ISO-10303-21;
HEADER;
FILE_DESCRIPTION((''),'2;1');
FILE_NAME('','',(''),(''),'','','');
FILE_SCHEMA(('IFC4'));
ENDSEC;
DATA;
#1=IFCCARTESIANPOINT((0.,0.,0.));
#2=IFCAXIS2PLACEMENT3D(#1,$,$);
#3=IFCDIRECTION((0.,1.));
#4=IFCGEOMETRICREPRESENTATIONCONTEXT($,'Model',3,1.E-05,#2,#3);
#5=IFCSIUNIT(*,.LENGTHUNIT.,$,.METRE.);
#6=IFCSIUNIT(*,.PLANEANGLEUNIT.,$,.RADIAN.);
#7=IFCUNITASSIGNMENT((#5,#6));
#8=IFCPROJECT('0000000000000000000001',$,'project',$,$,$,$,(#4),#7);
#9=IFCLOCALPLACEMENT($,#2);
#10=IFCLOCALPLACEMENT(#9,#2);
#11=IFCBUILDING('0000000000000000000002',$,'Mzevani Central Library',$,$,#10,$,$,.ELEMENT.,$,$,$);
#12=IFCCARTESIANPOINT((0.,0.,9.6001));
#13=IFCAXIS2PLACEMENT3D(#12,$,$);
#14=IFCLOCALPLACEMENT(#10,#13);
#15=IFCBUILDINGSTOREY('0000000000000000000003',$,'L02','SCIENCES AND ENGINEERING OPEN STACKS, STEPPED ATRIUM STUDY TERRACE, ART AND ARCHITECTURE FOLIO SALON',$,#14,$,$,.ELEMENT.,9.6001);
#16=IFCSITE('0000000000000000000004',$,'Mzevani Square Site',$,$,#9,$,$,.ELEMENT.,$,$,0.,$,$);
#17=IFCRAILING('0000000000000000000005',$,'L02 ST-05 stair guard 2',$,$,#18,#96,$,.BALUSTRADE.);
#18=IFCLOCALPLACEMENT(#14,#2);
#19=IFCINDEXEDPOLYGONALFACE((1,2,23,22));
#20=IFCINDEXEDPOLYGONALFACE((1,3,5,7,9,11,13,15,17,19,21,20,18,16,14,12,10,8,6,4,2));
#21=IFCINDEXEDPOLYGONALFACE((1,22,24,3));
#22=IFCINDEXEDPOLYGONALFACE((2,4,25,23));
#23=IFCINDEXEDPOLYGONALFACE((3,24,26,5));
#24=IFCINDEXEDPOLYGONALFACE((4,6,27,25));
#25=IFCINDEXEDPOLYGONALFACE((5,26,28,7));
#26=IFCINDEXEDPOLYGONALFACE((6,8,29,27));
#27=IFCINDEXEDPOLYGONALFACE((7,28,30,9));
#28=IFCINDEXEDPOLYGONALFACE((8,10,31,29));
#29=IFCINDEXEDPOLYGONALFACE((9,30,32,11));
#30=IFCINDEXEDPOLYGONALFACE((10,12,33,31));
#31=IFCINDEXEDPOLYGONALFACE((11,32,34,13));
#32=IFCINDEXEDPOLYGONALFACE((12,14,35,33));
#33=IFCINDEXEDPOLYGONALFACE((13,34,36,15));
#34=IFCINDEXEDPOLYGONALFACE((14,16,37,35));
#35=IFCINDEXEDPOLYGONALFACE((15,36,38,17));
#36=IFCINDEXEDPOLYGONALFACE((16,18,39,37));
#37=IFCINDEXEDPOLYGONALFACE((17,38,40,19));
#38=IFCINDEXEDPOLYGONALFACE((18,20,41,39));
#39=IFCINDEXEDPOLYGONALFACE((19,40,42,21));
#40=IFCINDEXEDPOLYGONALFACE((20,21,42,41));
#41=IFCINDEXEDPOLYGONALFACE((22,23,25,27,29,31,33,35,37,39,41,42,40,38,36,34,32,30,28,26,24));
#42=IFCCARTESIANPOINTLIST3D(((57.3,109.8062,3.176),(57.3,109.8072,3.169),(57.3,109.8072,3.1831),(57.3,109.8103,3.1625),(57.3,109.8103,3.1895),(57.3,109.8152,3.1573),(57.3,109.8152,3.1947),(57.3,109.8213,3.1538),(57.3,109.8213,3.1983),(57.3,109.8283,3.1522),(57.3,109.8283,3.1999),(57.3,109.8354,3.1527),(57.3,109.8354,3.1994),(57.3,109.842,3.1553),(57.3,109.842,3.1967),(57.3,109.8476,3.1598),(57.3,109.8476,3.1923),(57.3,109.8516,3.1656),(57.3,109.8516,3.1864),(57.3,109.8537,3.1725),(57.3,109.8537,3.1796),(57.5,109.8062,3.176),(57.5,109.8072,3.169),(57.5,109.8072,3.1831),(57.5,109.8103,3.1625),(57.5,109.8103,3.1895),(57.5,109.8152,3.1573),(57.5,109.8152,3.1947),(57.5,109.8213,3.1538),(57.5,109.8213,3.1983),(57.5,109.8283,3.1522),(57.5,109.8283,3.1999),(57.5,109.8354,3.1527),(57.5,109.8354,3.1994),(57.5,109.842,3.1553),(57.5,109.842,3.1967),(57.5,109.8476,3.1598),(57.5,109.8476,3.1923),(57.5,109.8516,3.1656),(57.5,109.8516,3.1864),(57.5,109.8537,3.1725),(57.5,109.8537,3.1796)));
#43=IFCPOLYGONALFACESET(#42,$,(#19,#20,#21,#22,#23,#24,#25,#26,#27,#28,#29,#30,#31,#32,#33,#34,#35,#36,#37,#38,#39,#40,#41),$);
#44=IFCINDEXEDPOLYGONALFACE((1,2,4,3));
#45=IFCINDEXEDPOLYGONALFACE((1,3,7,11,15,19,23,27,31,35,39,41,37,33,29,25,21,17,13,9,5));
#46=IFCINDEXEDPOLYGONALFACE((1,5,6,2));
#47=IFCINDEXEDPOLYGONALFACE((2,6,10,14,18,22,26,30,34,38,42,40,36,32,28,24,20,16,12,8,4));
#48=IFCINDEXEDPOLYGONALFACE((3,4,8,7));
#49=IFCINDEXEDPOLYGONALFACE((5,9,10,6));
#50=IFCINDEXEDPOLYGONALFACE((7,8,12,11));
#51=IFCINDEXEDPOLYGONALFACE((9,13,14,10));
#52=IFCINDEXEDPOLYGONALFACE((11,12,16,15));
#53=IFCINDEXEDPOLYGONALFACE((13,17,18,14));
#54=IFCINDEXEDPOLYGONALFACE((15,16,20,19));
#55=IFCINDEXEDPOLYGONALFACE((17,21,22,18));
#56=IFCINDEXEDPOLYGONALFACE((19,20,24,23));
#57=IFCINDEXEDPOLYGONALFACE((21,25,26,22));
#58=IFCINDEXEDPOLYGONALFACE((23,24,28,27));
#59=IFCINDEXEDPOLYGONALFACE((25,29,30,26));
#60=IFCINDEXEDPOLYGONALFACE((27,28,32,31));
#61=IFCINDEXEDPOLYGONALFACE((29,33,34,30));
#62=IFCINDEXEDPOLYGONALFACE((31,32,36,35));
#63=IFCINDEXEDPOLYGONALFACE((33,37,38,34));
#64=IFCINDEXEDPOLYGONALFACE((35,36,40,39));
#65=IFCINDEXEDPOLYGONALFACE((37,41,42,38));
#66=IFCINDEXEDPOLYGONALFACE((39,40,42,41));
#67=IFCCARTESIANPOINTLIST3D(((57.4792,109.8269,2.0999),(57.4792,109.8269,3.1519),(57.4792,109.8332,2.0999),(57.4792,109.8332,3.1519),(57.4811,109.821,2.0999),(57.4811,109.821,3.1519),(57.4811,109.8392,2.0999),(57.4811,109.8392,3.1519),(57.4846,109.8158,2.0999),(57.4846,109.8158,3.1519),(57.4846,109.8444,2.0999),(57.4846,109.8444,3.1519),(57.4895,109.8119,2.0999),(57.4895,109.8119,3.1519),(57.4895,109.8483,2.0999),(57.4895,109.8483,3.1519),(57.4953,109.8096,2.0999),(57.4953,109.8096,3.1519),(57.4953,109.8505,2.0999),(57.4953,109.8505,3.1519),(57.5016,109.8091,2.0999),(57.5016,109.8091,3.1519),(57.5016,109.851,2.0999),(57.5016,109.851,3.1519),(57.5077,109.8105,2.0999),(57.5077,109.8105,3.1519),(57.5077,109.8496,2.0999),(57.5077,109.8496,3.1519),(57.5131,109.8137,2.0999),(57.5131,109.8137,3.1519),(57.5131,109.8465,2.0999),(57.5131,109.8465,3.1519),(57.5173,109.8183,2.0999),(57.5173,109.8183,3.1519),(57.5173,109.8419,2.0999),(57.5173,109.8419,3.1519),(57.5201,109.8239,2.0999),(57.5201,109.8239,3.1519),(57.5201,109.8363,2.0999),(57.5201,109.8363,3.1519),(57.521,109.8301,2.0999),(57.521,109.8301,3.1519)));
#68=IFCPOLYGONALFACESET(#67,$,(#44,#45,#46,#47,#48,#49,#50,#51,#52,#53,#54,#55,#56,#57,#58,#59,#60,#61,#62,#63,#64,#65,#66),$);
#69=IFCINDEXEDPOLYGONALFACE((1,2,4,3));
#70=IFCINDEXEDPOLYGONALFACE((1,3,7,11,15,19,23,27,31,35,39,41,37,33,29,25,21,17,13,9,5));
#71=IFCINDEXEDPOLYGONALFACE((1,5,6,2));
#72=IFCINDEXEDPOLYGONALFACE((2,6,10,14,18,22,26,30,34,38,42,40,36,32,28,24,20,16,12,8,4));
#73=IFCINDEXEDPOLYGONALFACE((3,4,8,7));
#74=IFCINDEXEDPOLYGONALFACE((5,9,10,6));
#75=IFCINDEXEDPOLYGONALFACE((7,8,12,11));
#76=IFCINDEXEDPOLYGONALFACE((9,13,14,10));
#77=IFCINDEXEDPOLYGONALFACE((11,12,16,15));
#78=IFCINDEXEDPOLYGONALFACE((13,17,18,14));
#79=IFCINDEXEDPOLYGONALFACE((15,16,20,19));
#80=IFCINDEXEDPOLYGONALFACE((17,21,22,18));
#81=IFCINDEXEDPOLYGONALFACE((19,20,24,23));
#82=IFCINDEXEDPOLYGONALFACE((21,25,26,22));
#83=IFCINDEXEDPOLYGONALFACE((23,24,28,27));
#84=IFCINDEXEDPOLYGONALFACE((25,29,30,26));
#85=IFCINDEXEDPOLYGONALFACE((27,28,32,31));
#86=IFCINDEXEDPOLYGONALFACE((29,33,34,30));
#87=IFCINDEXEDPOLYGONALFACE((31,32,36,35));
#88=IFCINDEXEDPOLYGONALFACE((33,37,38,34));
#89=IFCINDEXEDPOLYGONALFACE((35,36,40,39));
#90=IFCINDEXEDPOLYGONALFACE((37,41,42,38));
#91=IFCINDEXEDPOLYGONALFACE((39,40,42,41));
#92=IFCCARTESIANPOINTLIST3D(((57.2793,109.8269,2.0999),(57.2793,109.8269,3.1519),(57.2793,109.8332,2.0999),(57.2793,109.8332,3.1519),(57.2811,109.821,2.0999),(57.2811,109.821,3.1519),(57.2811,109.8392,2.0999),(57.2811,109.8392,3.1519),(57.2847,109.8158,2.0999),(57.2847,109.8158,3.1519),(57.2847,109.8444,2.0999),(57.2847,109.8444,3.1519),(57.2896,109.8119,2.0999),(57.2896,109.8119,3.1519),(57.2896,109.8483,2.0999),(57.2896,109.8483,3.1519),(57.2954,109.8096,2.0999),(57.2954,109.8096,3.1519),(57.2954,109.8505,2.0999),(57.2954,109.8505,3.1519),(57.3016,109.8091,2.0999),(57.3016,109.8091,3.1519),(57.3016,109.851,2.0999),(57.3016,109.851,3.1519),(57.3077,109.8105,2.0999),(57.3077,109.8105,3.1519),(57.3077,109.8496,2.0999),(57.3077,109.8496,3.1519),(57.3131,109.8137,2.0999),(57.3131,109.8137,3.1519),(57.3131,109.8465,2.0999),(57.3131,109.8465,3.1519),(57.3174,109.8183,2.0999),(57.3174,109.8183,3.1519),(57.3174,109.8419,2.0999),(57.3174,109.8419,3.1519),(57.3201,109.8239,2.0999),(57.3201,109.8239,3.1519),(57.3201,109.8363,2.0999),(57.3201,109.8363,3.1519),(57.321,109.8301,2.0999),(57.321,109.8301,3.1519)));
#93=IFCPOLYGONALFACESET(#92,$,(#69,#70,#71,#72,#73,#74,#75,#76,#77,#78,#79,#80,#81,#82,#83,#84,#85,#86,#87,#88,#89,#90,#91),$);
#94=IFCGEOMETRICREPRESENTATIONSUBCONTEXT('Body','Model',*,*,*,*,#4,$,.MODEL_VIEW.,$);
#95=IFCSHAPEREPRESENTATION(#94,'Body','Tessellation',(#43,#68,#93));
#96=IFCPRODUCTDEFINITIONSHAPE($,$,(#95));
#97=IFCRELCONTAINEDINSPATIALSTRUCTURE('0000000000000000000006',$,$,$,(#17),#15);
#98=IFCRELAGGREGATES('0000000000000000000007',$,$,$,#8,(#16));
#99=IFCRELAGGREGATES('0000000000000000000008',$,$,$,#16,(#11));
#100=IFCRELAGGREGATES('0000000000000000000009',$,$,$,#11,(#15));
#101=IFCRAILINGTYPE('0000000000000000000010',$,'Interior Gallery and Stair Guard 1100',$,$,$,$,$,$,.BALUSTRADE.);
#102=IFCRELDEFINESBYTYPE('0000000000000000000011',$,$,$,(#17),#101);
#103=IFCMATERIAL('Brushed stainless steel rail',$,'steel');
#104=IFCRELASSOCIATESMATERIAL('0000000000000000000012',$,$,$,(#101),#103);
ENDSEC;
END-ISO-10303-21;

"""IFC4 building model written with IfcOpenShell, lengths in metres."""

from ifc_helpers import new_model, si_unit, direction, frame, origin, origin_2d, place, context, subcontext, project, spatial, circle, extrude, material, type_object, element, save


model = new_model("IFC4")

# Units and contexts
model_context = context("Model", 3, precision=1e-05, world=origin(), true_north=direction((0.0, 1.0)))
body_context = subcontext(model_context, "Body", "Model", "MODEL_VIEW")
ifc_project = project(units=[si_unit("LENGTHUNIT", "METRE"), si_unit("PLANEANGLEUNIT", "RADIAN")], contexts=[model_context])

# Site, building, storey
site_placement = place(None, origin())
site = spatial("IfcSite", under=ifc_project, at=site_placement, Name="Mzevani Square Site", CompositionType="ELEMENT", RefElevation=0.0)
building_placement = place(site_placement, origin())
building = spatial("IfcBuilding", under=site, at=building_placement, Name="Mzevani Central Library", CompositionType="ELEMENT")
storey_placement = place(building_placement, frame((0.0, 0.0, 9.6001)))
storey = spatial("IfcBuildingStorey", under=building, at=storey_placement, Name="L02", Description="SCIENCES AND ENGINEERING OPEN STACKS, STEPPED ATRIUM STUDY TERRACE, ART AND ARCHITECTURE FOLIO SALON", CompositionType="ELEMENT", Elevation=9.6001)

# Railing
ifc_material_1 = material(Name="Brushed stainless steel rail", Category="steel")
railing_type_1 = type_object("IfcRailingType", Name="Interior Gallery and Stair Guard 1100", PredefinedType="BALUSTRADE", material=ifc_material_1)
railing_1_placement = place(storey_placement, frame((57.5, 109.8301, 2.0999)))
element("IfcRailing", 1, at=railing_1_placement, inside=storey, type_object=railing_type_1, Name="L02 ST-05 stair guard 2", PredefinedType="BALUSTRADE", context=body_context, shape_type="SweptSolid", body=[
    extrude(circle(Radius=0.0239, at=origin_2d()), frame((0.0, 0.0, 1.0762), z_axis=(-1.0, 0.0, 0.0), x_axis=(0.0, -1.0, 0.0)), (0.0, 0.0, 1.0), 0.2),
    extrude(circle(Radius=0.021, at=origin_2d()), origin(), (0.0, 0.0, 1.0), 1.052),
    extrude(circle(Radius=0.021, at=origin_2d()), frame((-0.2, 0.0, 0.0)), (0.0, 0.0, 1.0), 1.052),
])

save(model, "model.ifc")
